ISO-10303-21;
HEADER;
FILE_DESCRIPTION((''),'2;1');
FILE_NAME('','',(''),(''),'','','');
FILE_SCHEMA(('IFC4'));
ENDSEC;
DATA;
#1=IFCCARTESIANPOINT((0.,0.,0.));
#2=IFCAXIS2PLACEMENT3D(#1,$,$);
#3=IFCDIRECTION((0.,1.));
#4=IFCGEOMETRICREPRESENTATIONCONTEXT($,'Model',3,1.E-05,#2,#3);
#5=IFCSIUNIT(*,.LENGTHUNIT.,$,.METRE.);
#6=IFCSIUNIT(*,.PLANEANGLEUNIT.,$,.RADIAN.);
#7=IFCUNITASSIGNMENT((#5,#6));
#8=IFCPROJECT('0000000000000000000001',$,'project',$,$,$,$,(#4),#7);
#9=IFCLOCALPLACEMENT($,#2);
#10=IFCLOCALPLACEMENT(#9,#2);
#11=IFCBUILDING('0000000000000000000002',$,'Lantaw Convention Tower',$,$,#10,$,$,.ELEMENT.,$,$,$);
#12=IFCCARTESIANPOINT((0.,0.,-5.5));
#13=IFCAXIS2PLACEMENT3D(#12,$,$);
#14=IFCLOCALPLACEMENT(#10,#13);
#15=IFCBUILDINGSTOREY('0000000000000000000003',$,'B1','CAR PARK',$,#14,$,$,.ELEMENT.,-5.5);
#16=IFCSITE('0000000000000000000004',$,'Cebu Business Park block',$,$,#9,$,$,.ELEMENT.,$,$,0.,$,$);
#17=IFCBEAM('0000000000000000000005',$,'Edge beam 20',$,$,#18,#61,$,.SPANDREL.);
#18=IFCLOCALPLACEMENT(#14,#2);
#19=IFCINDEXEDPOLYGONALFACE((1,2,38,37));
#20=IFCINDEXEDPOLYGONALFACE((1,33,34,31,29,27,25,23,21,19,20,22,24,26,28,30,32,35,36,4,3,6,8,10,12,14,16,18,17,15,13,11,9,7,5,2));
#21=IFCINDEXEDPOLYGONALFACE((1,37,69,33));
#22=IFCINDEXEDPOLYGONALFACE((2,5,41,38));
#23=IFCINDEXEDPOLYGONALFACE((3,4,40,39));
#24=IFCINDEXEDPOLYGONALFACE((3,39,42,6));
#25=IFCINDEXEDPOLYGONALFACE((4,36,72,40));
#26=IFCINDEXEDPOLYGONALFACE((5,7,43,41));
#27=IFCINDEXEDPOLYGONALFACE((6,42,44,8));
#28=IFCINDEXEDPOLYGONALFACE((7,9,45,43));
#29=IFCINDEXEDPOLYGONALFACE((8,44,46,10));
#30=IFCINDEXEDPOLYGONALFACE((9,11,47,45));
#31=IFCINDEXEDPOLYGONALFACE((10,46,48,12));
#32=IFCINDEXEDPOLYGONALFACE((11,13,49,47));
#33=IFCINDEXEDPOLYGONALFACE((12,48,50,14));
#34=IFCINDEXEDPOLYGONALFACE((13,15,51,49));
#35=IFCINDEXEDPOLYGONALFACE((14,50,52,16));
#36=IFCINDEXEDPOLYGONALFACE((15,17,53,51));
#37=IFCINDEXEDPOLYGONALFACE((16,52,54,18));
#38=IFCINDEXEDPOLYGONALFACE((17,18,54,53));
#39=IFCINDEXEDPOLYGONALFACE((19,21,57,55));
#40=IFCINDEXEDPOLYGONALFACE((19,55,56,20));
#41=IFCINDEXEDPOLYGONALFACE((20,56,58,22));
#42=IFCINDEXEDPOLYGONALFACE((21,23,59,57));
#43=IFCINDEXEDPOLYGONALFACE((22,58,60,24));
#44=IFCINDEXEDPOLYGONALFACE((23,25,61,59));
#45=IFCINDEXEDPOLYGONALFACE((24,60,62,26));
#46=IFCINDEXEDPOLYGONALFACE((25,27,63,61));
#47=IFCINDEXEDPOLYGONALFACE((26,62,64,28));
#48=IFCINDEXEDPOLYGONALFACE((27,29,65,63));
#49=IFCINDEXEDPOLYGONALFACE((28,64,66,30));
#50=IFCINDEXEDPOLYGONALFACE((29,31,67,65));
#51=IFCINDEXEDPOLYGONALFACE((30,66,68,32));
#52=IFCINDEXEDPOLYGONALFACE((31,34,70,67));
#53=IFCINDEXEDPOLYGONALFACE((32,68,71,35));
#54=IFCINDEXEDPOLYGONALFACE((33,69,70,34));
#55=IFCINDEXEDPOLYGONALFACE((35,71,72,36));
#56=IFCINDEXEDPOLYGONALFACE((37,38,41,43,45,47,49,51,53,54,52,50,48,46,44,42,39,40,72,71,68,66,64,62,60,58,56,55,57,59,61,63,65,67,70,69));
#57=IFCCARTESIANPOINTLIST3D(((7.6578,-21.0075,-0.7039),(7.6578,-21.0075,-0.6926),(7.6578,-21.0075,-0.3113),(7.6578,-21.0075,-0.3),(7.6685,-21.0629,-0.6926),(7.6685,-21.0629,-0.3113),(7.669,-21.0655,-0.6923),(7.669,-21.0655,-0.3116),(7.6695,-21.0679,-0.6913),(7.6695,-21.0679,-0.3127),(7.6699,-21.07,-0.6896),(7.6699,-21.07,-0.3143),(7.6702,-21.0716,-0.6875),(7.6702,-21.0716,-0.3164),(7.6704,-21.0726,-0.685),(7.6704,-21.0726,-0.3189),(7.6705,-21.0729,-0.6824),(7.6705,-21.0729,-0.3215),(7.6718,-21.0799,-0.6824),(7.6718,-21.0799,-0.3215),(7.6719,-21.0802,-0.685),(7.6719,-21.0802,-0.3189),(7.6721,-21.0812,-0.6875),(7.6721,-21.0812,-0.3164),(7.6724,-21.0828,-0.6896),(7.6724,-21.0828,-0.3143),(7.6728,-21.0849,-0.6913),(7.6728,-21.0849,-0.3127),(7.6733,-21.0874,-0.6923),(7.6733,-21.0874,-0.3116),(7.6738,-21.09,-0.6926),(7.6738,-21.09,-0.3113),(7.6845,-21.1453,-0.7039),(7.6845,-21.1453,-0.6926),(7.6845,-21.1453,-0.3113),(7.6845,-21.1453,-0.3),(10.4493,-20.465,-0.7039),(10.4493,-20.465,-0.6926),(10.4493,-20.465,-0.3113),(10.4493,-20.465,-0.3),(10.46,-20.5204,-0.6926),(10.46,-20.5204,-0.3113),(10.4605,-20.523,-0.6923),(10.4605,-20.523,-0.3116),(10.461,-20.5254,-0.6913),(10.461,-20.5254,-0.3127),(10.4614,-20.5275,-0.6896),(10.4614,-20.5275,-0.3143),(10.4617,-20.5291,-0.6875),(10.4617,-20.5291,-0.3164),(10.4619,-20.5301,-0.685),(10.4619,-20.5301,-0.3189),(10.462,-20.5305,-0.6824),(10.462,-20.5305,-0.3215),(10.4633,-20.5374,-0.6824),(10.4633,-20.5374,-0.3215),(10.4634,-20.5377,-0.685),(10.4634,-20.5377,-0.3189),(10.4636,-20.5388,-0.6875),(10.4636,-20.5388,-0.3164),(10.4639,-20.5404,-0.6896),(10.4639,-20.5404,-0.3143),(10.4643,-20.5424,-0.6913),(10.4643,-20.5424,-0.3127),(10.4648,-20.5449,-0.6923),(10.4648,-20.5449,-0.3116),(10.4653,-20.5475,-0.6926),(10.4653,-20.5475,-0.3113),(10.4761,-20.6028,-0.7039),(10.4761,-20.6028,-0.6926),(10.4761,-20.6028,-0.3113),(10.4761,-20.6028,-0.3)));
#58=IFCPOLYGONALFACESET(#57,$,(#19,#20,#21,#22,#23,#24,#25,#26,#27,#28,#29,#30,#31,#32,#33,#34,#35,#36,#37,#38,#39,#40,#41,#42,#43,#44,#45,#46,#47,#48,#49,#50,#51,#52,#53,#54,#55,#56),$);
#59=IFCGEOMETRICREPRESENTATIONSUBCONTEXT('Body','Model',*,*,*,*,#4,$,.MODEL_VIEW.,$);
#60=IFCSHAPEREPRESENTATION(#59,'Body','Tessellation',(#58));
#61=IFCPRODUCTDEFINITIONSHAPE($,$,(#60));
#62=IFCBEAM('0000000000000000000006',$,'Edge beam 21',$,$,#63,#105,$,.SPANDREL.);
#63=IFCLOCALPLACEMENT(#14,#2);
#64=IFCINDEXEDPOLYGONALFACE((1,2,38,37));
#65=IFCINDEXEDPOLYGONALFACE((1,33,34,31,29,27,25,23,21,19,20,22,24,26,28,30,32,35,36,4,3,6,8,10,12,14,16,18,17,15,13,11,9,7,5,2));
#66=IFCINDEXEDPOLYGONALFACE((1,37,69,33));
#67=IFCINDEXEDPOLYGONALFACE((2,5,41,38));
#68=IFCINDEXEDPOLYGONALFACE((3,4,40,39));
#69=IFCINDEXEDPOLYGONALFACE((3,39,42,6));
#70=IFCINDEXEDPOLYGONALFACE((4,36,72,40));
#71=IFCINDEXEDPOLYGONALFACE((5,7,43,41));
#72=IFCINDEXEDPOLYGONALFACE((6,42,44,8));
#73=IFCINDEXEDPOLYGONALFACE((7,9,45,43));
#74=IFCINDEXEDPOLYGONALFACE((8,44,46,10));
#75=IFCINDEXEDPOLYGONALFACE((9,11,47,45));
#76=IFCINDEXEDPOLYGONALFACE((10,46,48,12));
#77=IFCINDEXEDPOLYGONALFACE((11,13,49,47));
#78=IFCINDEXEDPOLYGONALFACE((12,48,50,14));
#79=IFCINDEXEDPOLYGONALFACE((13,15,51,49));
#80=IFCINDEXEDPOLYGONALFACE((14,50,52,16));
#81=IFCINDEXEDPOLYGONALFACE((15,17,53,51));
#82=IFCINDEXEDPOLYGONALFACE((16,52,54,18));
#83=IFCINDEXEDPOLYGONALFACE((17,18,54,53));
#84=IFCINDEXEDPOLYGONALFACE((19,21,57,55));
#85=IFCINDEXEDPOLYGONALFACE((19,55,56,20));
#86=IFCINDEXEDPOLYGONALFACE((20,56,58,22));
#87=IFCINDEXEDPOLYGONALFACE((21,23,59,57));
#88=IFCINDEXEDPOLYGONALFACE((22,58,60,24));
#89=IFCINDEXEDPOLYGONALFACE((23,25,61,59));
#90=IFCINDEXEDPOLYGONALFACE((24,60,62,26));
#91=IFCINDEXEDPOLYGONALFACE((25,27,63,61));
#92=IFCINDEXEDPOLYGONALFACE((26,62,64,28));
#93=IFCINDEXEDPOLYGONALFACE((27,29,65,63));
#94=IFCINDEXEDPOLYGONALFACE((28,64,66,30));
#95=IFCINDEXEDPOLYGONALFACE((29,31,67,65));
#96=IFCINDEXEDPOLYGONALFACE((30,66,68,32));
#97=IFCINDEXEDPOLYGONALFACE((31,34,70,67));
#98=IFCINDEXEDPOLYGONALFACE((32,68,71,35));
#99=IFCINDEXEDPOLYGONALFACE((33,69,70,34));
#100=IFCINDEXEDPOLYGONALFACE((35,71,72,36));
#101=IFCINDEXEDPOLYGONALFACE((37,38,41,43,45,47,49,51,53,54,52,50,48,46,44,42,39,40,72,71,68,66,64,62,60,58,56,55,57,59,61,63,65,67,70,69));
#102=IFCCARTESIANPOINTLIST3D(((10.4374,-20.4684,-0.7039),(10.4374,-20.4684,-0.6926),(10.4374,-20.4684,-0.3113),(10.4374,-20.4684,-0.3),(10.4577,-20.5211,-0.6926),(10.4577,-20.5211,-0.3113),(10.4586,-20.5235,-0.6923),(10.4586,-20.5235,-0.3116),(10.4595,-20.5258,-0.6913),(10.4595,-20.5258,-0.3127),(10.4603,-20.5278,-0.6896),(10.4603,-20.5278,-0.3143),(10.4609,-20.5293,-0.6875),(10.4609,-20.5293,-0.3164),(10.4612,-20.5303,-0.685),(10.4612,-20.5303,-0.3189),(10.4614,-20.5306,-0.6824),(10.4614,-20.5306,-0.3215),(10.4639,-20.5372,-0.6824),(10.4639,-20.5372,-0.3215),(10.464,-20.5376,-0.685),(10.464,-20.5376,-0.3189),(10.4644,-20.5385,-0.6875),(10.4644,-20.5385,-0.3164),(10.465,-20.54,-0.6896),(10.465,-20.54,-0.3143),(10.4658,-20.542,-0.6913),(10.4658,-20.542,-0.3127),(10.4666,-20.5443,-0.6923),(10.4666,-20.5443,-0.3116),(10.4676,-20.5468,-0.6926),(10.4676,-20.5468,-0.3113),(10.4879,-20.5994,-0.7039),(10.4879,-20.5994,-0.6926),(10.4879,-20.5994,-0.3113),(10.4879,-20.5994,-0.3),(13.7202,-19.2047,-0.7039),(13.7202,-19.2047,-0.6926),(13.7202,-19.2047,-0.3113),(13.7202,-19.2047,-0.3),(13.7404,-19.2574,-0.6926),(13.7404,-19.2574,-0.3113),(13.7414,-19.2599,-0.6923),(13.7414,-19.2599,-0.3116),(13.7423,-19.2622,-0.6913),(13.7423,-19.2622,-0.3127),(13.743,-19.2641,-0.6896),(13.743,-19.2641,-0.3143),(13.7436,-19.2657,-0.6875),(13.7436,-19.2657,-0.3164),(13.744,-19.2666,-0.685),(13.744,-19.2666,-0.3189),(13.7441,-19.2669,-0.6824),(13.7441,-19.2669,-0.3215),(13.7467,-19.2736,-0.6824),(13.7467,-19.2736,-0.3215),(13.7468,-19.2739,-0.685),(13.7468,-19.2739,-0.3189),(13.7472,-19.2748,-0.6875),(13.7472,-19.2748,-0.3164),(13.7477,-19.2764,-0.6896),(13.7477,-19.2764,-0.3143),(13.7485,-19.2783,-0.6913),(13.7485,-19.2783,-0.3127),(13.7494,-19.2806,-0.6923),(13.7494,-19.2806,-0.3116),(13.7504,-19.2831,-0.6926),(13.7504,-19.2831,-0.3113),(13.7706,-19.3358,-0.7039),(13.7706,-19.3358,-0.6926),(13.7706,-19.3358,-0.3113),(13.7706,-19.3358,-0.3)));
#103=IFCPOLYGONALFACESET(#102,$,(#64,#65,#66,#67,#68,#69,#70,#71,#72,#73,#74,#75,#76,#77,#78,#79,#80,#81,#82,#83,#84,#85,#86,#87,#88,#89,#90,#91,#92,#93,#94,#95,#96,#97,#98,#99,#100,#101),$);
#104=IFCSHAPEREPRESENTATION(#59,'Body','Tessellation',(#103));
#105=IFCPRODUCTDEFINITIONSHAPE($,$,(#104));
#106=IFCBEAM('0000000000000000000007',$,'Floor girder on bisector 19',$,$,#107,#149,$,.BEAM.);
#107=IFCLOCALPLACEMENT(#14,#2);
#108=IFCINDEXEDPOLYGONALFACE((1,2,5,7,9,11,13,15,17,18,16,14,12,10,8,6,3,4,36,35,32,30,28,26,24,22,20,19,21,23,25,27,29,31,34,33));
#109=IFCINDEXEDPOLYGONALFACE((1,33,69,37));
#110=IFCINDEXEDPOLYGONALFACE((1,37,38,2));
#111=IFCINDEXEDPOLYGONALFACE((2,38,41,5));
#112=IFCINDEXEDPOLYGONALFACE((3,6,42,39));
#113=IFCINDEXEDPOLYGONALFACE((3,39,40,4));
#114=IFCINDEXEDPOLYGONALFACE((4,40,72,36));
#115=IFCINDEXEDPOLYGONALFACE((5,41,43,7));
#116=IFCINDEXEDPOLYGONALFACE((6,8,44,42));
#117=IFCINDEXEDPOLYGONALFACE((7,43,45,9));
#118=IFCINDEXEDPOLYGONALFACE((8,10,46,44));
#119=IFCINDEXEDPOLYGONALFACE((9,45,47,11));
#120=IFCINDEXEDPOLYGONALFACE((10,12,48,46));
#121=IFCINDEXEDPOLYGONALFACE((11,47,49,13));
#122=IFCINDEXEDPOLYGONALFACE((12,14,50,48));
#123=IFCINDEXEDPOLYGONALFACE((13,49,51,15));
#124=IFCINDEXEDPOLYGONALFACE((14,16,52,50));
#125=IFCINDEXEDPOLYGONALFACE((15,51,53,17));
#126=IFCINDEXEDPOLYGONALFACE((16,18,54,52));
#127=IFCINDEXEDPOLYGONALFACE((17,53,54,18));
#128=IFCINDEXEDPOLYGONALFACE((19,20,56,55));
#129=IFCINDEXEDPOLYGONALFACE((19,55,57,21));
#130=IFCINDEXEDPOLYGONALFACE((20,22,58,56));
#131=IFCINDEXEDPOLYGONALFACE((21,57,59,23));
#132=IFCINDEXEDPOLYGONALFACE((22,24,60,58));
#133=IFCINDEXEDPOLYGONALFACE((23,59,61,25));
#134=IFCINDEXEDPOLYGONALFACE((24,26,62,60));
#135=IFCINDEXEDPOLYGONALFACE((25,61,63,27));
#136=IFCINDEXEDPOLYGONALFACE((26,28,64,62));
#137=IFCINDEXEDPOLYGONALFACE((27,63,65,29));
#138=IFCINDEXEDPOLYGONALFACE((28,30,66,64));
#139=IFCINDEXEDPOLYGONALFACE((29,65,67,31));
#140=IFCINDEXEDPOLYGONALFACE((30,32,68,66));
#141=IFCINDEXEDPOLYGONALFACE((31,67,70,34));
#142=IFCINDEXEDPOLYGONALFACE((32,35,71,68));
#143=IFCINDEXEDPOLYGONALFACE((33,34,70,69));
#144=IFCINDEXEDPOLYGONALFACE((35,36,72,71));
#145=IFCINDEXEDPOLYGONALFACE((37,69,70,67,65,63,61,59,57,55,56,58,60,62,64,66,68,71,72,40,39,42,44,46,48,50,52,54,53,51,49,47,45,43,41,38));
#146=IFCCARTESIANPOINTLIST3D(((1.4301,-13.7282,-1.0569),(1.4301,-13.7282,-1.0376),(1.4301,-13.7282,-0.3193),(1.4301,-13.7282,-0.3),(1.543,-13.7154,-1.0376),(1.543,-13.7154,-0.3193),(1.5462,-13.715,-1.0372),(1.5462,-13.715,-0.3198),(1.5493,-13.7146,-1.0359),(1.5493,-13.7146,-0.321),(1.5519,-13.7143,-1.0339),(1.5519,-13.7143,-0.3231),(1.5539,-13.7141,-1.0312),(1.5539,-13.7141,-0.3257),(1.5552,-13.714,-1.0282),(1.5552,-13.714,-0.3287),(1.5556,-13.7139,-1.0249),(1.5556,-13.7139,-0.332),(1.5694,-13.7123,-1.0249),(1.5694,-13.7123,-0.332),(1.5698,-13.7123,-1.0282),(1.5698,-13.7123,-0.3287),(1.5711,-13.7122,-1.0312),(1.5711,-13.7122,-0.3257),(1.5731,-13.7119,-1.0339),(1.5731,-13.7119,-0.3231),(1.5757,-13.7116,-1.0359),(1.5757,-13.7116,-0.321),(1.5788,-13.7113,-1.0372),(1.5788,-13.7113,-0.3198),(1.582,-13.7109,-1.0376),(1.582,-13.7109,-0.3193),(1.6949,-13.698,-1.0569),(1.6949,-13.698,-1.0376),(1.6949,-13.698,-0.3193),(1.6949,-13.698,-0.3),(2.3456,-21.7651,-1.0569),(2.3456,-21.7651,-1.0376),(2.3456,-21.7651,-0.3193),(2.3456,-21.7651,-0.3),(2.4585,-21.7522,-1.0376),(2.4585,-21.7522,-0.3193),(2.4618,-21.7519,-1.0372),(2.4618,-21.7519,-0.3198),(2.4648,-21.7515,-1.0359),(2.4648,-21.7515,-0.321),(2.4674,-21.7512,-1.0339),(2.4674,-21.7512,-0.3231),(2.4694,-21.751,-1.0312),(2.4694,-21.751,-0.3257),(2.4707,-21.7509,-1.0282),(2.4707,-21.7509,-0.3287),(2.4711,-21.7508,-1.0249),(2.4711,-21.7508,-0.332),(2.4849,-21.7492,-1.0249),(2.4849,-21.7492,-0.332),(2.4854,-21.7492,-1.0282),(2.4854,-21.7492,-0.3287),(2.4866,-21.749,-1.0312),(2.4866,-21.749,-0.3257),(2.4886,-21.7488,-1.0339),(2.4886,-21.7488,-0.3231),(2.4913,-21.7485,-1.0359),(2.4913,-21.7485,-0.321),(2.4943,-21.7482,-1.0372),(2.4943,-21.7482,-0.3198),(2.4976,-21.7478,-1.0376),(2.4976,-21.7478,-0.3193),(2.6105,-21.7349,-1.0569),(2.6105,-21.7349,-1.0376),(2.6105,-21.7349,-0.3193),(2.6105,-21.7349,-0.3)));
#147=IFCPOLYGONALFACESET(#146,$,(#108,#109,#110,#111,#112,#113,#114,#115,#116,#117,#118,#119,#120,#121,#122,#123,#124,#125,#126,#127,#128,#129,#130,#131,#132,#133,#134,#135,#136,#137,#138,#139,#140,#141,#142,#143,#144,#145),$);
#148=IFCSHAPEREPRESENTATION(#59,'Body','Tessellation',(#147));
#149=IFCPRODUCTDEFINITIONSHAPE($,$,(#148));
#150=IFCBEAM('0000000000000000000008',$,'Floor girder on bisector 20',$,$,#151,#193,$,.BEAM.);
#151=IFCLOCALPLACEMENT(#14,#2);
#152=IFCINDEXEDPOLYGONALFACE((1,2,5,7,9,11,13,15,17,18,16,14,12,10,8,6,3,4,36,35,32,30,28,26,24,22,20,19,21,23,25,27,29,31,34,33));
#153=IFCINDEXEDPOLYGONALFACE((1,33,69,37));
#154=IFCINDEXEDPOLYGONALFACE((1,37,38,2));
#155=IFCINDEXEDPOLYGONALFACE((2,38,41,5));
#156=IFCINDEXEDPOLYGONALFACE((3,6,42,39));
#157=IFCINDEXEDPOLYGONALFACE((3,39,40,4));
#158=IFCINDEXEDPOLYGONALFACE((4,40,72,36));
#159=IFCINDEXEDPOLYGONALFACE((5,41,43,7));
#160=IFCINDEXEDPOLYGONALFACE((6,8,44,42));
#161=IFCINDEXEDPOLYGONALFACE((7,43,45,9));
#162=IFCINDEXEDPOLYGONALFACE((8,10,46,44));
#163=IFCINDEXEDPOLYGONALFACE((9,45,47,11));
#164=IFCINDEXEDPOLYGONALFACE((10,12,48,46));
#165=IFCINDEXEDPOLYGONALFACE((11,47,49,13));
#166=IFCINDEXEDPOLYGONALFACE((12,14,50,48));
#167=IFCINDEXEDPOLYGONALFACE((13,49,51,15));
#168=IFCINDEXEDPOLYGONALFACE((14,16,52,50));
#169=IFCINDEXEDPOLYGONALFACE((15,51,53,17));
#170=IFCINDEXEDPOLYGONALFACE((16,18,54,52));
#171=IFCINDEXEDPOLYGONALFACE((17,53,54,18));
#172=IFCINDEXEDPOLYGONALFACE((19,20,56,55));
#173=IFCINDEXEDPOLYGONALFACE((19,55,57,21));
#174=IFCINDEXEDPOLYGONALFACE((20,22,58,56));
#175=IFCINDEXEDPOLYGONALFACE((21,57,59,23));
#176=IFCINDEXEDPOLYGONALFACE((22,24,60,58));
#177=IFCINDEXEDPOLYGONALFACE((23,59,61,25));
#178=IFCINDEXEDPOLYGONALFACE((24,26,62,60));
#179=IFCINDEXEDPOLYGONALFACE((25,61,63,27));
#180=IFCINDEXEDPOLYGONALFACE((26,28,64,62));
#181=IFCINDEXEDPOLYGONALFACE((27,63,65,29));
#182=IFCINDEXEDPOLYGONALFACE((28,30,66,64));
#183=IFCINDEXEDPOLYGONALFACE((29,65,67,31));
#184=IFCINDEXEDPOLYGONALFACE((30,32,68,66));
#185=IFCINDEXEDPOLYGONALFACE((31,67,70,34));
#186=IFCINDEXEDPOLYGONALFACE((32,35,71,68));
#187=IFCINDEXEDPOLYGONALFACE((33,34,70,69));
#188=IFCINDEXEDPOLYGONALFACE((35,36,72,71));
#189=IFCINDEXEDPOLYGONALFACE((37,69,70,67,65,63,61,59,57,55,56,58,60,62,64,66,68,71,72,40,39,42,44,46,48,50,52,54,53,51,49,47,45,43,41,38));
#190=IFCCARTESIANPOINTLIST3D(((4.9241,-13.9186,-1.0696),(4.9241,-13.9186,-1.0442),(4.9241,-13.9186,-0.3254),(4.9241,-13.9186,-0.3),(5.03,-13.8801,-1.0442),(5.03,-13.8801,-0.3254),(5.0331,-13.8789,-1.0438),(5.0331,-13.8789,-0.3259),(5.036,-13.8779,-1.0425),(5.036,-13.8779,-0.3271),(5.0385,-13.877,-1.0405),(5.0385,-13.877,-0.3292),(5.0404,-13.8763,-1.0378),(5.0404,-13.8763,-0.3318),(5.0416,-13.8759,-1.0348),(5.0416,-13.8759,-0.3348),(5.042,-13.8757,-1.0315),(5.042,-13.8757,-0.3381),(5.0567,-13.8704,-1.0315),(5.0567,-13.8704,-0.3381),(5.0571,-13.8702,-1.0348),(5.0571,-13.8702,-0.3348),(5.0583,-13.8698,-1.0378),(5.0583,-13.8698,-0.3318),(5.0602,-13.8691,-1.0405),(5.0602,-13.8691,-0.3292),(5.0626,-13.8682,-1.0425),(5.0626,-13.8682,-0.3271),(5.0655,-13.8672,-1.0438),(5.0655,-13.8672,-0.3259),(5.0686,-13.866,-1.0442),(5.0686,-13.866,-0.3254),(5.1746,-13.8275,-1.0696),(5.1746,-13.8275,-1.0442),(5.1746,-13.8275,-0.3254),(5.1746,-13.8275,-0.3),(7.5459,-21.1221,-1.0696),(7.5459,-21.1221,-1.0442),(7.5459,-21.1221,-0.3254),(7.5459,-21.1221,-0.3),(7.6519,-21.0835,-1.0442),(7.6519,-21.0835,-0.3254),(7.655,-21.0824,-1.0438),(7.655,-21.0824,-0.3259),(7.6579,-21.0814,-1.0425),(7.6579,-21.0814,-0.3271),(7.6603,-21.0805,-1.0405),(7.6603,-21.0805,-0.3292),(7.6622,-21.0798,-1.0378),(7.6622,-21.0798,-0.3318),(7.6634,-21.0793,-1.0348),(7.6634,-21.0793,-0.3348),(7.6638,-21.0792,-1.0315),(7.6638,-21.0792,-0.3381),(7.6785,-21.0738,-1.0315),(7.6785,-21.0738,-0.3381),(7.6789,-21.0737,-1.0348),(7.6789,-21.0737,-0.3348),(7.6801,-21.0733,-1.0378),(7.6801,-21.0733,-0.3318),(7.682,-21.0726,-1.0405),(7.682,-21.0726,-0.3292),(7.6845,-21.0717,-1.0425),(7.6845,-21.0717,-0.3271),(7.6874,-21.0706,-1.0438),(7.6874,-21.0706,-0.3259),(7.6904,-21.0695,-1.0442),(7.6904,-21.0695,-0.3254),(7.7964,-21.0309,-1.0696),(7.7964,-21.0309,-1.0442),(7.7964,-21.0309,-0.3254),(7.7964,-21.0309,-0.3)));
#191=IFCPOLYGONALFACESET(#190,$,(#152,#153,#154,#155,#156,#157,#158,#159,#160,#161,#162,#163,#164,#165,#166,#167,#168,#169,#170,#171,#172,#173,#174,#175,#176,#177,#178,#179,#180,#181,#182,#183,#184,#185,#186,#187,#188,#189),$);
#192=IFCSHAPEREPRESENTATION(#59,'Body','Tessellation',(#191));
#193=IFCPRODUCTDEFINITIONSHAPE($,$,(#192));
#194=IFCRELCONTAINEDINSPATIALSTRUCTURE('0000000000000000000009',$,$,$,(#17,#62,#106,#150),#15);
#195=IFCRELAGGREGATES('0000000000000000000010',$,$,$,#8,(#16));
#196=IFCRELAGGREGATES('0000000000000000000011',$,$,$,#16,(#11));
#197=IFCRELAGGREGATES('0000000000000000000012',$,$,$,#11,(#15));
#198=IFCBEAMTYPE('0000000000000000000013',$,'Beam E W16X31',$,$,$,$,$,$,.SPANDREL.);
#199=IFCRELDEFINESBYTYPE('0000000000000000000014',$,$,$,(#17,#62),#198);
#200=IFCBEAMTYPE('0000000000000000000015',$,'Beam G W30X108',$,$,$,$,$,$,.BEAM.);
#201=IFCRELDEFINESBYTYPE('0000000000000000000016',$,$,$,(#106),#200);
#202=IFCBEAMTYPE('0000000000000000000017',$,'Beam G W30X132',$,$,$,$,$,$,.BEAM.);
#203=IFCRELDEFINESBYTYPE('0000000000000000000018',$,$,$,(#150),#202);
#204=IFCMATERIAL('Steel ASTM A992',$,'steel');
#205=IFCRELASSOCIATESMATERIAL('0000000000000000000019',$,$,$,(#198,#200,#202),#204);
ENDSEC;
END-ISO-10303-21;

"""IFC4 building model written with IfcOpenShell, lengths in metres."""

from ifc_helpers import new_model, si_unit, direction, frame, origin, origin_2d, place, context, subcontext, project, spatial, i_section, extrude, material, material_profile, profile_set, type_object, element, save


model = new_model("IFC4")

# Units and contexts
model_context = context("Model", 3, precision=1e-05, world=origin(), true_north=direction((0.0, 1.0)))
body_context = subcontext(model_context, "Body", "Model", "MODEL_VIEW")
ifc_project = project(units=[si_unit("LENGTHUNIT", "METRE"), si_unit("PLANEANGLEUNIT", "RADIAN")], contexts=[model_context])

# Site, building, storey
site_placement = place(None, origin())
site = spatial("IfcSite", under=ifc_project, at=site_placement, Name="Cebu Business Park block", CompositionType="ELEMENT", RefElevation=0.0)
building_placement = place(site_placement, origin())
building = spatial("IfcBuilding", under=site, at=building_placement, Name="Lantaw Convention Tower", CompositionType="ELEMENT")
storey_placement = place(building_placement, frame((0.0, 0.0, -5.5)))
storey = spatial("IfcBuildingStorey", under=building, at=storey_placement, Name="B1", Description="CAR PARK", CompositionType="ELEMENT", Elevation=-5.5)

# Beams
ifc_material_1 = material(Name="Steel ASTM A992", Category="steel")
ifc_material_profile_1 = material_profile(ifc_material_1, i_section(OverallWidth=0.1404, OverallDepth=0.4038, WebThickness=0.0071, FlangeThickness=0.0112, FilletRadius=0.0103, at=origin_2d()), Name="W16X31")
ifc_profile_set_1 = profile_set([ifc_material_profile_1], Name="Steel ASTM A992")
beam_type_1 = type_object("IfcBeamType", Name="Beam E W16X31", PredefinedType="SPANDREL", material=ifc_profile_set_1)
beam_1_placement = place(storey_placement, frame((7.6711, -21.0764, -0.502), z_axis=(0.981636, 0.190764, 0.0), x_axis=(-0.190764, 0.981636, 0.0)))
element("IfcBeam", 1, at=beam_1_placement, inside=storey, type_object=beam_type_1, Name="Edge beam 20", PredefinedType="SPANDREL", context=body_context, shape_type="SweptSolid", body=[
    extrude(i_section(OverallWidth=0.1404, OverallDepth=0.4038, WebThickness=0.0071, FlangeThickness=0.0112, FilletRadius=0.0103, at=origin_2d()), origin(), (0.0, 0.0, 1.0), 2.8438),
])
beam_2_placement = place(storey_placement, frame((10.4626, -20.5339, -0.502), z_axis=(0.933242, 0.359249, 0.0), x_axis=(-0.359249, 0.933242, 0.0)))
element("IfcBeam", 2, at=beam_2_placement, inside=storey, type_object=beam_type_1, Name="Edge beam 21", PredefinedType="SPANDREL", context=body_context, shape_type="SweptSolid", body=[
    extrude(i_section(OverallWidth=0.1404, OverallDepth=0.4038, WebThickness=0.0071, FlangeThickness=0.0112, FilletRadius=0.0103, at=origin_2d()), origin(), (0.0, 0.0, 1.0), 3.5176),
])
ifc_material_profile_2 = material_profile(ifc_material_1, i_section(OverallWidth=0.2666, OverallDepth=0.7568, WebThickness=0.0139, FlangeThickness=0.0193, FilletRadius=0.0127, at=origin_2d()), Name="W30X108")
ifc_profile_set_2 = profile_set([ifc_material_profile_2], Name="Steel ASTM A992")
beam_type_2 = type_object("IfcBeamType", Name="Beam G W30X108", PredefinedType="BEAM", material=ifc_profile_set_2)
beam_3_placement = place(storey_placement, frame((1.5625, -13.7131, -0.6785), z_axis=(0.113184, -0.993574, 0.0), x_axis=(0.993574, 0.113184, 0.0)))
element("IfcBeam", 3, at=beam_3_placement, inside=storey, type_object=beam_type_2, Name="Floor girder on bisector 19", PredefinedType="BEAM", context=body_context, shape_type="SweptSolid", body=[
    extrude(i_section(OverallWidth=0.2666, OverallDepth=0.7568, WebThickness=0.0139, FlangeThickness=0.0193, FilletRadius=0.0127, at=origin_2d()), origin(), (0.0, 0.0, 1.0), 8.0889),
])
ifc_material_profile_3 = material_profile(ifc_material_1, i_section(OverallWidth=0.2666, OverallDepth=0.7695, WebThickness=0.0156, FlangeThickness=0.0254, FilletRadius=0.0127, at=origin_2d()), Name="W30X132")
ifc_profile_set_3 = profile_set([ifc_material_profile_3], Name="Steel ASTM A992")
beam_type_3 = type_object("IfcBeamType", Name="Beam G W30X132", PredefinedType="BEAM", material=ifc_profile_set_3)
beam_4_placement = place(storey_placement, frame((5.0493, -13.873, -0.6848), z_axis=(0.342022, -0.939692, 0.0), x_axis=(0.939692, 0.342022, 0.0)))
element("IfcBeam", 4, at=beam_4_placement, inside=storey, type_object=beam_type_3, Name="Floor girder on bisector 20", PredefinedType="BEAM", context=body_context, shape_type="SweptSolid", body=[
    extrude(i_section(OverallWidth=0.2666, OverallDepth=0.7695, WebThickness=0.0156, FlangeThickness=0.0254, FilletRadius=0.0127, at=origin_2d()), origin(), (0.0, 0.0, 1.0), 7.6658),
])

save(model, "model.ifc")
